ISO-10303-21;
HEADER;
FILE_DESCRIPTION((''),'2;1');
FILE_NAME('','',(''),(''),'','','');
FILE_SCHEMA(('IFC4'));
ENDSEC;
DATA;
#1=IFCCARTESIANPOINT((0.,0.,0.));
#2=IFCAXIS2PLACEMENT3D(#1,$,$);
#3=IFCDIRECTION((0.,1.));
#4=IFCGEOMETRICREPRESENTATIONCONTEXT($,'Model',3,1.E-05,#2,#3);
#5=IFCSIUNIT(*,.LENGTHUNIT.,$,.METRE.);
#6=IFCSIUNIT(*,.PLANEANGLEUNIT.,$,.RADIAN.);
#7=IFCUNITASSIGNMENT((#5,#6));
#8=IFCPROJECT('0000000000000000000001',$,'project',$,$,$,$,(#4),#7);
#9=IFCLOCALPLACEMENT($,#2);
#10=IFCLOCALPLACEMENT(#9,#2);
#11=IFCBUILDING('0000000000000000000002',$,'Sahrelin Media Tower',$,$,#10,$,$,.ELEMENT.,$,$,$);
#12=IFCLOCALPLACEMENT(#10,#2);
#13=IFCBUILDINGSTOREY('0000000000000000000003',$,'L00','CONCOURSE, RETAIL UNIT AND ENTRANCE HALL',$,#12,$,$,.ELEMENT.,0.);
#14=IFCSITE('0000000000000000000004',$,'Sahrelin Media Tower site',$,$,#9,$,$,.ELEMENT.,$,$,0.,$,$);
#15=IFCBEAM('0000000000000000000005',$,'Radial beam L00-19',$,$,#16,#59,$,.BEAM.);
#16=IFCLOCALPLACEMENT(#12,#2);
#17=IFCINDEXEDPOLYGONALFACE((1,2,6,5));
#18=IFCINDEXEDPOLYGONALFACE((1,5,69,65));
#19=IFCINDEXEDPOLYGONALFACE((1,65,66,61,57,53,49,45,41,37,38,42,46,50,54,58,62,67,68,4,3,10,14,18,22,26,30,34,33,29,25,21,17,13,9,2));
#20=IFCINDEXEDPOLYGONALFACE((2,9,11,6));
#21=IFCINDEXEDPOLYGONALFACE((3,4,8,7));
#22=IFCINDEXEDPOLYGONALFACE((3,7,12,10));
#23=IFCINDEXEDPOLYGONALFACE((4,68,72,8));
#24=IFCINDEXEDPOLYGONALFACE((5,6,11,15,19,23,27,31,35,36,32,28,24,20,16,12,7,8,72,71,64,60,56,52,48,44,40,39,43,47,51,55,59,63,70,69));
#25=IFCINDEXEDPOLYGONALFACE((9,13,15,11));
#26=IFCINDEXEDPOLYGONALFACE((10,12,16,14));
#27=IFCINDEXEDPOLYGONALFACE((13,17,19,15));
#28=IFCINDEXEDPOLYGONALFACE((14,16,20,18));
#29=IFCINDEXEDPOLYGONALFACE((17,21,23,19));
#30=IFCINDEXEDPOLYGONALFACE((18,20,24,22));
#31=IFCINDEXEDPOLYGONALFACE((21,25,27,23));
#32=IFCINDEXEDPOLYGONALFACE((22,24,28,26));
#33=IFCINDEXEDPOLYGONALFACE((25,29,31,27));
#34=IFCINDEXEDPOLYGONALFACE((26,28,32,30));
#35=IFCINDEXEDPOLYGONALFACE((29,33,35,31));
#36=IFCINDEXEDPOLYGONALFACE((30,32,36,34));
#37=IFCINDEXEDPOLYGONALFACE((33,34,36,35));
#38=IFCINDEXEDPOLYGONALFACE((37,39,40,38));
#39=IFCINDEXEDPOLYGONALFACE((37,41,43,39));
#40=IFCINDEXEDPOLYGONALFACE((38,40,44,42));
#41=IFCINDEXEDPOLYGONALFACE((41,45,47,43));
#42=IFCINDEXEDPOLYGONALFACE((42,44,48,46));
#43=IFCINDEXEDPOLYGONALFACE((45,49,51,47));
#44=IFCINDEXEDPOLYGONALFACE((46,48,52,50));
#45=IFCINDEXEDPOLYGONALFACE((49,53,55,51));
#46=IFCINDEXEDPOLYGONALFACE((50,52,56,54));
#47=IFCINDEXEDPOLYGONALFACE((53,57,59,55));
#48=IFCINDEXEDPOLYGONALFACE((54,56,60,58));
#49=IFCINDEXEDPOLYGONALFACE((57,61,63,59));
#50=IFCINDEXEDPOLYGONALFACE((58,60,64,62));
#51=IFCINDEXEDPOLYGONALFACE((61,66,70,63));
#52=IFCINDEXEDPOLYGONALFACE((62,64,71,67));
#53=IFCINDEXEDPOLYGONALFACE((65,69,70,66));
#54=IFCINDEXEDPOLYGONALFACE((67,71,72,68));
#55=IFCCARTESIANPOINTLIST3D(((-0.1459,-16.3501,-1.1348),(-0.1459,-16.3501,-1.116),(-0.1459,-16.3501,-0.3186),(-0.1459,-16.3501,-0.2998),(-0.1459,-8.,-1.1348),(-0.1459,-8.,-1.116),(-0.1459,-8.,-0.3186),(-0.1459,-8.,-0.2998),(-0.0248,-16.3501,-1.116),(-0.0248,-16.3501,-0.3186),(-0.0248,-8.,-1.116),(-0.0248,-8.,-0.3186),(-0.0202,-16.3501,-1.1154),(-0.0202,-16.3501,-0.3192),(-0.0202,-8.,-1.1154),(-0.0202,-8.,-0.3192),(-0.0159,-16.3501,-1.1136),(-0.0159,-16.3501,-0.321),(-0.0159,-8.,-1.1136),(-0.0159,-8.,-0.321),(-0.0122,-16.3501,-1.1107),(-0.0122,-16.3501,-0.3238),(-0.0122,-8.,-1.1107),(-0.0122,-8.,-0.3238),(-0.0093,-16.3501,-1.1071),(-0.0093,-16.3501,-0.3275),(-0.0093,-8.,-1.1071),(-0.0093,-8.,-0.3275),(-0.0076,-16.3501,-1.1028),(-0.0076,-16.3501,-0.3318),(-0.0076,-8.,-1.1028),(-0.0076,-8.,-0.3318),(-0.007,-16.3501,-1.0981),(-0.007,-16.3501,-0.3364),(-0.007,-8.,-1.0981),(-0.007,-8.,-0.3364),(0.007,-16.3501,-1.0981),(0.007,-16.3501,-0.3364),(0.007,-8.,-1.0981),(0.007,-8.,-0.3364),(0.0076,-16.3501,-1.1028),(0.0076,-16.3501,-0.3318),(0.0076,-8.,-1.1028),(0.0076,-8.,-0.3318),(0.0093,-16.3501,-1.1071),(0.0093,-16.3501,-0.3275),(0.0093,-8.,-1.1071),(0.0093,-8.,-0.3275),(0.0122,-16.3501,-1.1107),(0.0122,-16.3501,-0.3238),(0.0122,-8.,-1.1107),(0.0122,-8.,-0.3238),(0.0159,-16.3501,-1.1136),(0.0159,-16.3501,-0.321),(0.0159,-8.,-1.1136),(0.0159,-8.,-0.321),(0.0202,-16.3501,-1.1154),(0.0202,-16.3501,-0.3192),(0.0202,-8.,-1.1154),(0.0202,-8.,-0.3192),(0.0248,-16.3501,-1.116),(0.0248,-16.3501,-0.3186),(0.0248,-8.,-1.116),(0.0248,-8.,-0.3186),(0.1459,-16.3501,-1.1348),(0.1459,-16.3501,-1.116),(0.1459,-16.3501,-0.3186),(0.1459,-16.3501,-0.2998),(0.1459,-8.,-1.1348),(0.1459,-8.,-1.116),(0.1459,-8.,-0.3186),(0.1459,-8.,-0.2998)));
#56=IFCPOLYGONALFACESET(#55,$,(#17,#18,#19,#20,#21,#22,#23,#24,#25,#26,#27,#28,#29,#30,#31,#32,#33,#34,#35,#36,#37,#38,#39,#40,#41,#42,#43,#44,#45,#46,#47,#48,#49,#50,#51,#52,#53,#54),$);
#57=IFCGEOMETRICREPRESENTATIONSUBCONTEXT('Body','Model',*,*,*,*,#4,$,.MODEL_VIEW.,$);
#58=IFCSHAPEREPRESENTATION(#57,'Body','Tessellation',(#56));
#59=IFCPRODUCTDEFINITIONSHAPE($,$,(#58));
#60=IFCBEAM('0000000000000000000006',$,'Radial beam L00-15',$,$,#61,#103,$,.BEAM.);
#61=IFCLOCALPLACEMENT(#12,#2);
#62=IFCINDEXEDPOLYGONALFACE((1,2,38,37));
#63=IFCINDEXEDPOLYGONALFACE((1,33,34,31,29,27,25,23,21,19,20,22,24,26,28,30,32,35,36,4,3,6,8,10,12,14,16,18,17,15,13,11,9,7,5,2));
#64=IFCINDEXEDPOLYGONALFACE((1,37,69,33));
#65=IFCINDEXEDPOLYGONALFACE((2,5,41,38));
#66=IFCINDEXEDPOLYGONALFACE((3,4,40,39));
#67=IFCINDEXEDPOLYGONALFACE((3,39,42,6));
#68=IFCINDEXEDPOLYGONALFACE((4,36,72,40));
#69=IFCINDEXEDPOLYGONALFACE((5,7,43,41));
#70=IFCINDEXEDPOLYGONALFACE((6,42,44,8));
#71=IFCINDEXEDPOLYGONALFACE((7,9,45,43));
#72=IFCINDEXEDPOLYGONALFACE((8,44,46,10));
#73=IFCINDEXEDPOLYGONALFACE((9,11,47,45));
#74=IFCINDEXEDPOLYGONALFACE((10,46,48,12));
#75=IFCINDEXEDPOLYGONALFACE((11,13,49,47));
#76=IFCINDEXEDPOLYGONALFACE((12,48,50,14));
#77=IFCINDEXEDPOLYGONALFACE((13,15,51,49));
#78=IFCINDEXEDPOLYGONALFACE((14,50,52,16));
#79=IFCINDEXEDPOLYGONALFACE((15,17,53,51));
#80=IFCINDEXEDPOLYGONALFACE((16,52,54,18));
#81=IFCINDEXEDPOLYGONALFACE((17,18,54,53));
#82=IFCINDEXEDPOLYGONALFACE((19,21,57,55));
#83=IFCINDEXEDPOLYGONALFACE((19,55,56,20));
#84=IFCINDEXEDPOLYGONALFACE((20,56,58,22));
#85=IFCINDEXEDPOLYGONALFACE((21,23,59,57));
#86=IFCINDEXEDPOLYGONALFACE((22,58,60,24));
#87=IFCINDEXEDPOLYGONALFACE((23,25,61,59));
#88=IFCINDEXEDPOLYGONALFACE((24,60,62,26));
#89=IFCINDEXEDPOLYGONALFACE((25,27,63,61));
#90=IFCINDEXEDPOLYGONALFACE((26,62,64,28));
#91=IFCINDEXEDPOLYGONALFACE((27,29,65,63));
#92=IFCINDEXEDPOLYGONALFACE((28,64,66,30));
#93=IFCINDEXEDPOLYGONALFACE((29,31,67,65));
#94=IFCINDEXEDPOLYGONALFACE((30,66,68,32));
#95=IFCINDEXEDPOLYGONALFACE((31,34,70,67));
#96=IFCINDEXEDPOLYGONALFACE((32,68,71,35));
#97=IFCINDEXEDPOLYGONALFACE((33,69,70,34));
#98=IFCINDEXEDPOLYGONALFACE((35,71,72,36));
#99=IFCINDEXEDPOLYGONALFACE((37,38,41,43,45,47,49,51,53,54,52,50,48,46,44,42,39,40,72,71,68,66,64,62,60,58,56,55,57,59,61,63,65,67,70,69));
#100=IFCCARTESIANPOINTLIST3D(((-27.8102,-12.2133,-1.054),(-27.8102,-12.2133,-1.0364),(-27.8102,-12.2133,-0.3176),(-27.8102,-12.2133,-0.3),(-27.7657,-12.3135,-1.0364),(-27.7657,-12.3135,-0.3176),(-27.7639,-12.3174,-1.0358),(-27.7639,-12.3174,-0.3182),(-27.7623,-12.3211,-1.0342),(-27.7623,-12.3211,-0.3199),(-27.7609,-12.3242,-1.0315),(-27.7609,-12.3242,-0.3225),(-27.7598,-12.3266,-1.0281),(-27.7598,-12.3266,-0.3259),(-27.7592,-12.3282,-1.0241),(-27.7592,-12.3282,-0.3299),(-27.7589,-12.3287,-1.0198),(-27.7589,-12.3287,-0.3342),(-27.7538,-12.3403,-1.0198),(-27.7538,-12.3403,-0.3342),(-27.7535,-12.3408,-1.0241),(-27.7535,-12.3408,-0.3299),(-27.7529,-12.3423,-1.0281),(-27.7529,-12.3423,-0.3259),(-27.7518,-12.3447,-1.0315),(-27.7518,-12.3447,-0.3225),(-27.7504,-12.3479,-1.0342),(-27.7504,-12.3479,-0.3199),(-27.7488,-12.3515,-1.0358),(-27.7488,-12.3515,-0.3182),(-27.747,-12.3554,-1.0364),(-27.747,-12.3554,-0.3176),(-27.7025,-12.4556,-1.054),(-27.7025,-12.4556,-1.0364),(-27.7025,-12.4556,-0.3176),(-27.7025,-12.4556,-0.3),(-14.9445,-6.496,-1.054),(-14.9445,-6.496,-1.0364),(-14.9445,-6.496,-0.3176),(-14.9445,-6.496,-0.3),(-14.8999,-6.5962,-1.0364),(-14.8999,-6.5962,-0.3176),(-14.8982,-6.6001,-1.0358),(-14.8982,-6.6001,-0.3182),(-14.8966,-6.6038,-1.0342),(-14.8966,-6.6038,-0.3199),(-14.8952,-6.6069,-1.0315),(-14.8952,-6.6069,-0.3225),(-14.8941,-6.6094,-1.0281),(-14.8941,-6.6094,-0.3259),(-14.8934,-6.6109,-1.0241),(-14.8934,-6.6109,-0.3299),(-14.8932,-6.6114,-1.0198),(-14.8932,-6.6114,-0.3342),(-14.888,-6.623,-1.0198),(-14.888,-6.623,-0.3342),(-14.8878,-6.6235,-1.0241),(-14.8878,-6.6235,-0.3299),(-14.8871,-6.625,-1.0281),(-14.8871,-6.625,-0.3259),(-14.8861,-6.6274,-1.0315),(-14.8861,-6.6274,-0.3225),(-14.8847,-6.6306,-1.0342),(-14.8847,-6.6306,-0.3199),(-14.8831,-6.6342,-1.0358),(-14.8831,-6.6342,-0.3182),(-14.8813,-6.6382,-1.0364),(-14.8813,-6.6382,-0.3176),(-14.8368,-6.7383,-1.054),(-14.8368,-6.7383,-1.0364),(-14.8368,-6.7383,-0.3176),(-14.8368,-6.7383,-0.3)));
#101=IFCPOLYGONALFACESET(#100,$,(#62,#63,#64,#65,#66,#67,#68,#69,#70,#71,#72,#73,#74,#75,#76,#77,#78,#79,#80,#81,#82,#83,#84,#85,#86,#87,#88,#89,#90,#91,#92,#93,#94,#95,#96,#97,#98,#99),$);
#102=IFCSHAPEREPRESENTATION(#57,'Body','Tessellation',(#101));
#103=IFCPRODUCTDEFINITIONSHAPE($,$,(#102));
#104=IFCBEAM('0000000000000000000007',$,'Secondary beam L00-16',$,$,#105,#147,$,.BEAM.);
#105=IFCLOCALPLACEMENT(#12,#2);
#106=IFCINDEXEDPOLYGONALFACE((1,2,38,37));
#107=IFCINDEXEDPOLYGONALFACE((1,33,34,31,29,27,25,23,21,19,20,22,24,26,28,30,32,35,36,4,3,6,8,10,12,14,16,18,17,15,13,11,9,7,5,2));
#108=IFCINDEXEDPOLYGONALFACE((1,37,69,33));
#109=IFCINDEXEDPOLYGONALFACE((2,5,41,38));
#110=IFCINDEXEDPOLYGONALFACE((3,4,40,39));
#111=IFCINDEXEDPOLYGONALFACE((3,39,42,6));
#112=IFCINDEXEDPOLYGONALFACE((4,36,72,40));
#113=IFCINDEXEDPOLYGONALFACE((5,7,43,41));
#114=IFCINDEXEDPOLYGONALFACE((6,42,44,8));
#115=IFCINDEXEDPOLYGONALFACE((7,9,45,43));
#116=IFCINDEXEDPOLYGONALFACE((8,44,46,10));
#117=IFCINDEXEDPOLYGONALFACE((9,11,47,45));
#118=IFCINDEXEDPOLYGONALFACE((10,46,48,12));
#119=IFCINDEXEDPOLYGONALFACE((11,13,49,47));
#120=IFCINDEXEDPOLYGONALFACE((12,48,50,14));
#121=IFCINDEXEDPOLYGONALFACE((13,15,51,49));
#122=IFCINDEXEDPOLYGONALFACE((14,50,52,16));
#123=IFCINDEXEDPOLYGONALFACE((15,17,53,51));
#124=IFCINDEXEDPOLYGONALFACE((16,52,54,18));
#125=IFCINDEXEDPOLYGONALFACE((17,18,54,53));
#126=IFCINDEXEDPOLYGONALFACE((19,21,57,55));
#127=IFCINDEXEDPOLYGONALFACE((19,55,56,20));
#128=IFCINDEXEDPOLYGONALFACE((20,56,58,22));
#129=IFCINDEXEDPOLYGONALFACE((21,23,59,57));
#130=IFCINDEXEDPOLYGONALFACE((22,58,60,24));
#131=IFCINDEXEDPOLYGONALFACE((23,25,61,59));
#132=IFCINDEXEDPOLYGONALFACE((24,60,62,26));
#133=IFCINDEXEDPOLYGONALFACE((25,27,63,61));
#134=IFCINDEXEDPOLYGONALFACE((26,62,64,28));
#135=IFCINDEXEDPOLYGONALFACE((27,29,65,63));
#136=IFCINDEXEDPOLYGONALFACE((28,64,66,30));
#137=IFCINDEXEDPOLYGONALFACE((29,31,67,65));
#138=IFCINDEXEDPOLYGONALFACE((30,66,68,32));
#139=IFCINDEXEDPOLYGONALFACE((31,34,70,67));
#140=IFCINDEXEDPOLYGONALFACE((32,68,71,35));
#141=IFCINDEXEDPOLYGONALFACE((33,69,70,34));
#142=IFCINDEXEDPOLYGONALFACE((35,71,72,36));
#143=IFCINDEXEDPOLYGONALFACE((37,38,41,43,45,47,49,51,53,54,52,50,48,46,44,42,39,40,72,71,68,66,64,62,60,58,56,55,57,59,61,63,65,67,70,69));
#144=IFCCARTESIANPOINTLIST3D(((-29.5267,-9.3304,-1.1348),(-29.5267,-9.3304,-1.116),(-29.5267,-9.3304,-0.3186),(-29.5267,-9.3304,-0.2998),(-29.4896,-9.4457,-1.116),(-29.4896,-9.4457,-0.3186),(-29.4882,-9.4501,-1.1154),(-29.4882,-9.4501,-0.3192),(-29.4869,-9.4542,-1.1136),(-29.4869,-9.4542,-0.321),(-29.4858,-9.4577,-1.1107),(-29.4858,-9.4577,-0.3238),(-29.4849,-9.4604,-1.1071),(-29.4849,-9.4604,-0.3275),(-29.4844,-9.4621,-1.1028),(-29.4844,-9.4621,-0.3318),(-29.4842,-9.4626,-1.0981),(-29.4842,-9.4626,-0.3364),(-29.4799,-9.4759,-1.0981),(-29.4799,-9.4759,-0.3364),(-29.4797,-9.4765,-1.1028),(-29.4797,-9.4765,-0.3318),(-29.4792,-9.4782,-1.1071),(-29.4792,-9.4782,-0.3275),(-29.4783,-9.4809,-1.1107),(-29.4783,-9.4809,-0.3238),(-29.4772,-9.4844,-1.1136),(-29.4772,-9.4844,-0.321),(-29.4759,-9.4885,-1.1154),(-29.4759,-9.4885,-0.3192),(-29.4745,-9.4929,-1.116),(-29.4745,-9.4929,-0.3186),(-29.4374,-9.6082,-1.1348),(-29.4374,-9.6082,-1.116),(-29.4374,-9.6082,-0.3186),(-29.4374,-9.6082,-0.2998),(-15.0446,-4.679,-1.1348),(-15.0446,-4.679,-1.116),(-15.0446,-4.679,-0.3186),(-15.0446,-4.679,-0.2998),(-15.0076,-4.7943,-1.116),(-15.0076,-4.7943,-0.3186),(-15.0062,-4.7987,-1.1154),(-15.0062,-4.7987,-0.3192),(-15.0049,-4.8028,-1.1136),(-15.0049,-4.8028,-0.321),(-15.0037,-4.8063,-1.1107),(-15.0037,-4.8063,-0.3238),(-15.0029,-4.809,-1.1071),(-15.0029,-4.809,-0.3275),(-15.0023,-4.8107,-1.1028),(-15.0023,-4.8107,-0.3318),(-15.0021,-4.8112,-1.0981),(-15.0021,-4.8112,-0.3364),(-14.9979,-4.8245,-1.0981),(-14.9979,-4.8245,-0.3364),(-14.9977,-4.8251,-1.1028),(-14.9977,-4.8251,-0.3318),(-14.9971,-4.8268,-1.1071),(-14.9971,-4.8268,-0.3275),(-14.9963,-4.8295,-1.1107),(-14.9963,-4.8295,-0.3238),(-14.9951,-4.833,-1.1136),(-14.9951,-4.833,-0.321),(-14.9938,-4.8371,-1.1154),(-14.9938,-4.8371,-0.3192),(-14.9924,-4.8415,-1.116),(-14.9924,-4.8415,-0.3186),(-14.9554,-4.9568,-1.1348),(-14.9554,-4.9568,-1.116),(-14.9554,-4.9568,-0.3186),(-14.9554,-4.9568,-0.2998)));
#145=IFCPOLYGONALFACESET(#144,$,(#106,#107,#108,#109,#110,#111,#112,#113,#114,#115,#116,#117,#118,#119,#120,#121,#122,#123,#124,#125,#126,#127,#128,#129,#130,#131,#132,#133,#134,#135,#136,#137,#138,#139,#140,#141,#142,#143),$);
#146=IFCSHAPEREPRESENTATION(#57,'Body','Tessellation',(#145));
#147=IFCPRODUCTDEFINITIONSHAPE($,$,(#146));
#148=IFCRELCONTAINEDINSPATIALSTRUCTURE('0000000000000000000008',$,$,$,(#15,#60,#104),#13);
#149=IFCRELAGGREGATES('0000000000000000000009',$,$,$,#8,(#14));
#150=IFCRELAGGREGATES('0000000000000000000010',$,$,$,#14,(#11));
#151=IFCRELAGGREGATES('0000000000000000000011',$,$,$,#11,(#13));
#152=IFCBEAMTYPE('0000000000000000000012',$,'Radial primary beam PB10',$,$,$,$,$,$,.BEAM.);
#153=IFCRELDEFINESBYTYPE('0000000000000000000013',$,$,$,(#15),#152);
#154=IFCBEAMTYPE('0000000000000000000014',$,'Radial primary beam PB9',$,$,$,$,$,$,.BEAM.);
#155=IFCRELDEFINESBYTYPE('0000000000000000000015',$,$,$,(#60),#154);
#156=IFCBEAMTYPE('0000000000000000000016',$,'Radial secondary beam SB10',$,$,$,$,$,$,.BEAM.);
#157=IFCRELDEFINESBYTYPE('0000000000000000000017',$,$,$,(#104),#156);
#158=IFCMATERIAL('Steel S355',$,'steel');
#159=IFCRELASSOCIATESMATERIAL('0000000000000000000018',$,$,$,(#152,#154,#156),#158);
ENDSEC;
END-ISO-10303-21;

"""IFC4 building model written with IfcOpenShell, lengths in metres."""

from ifc_helpers import new_model, si_unit, direction, frame, origin, origin_2d, place, context, subcontext, project, spatial, i_section, extrude, material, material_profile, profile_set, type_object, element, save


model = new_model("IFC4")

# Units and contexts
model_context = context("Model", 3, precision=1e-05, world=origin(), true_north=direction((0.0, 1.0)))
body_context = subcontext(model_context, "Body", "Model", "MODEL_VIEW")
ifc_project = project(units=[si_unit("LENGTHUNIT", "METRE"), si_unit("PLANEANGLEUNIT", "RADIAN")], contexts=[model_context])

# Site, building, storey
site_placement = place(None, origin())
site = spatial("IfcSite", under=ifc_project, at=site_placement, Name="Sahrelin Media Tower site", CompositionType="ELEMENT", RefElevation=0.0)
building_placement = place(site_placement, origin())
building = spatial("IfcBuilding", under=site, at=building_placement, Name="Sahrelin Media Tower", CompositionType="ELEMENT")
storey_placement = place(building_placement, origin())
storey = spatial("IfcBuildingStorey", under=building, at=storey_placement, Name="L00", Description="CONCOURSE, RETAIL UNIT AND ENTRANCE HALL", CompositionType="ELEMENT", Elevation=0.0)

# Beams
ifc_material_1 = material(Name="Steel S355", Category="steel")
ifc_material_profile_1 = material_profile(ifc_material_1, i_section(OverallWidth=0.2917, OverallDepth=0.835, WebThickness=0.0139, FlangeThickness=0.0188, FilletRadius=0.0178, at=origin_2d()), Name="UB 838x292x176")
ifc_profile_set_1 = profile_set([ifc_material_profile_1], Name="Steel S355")
beam_type_1 = type_object("IfcBeamType", Name="Radial primary beam PB10", PredefinedType="BEAM", material=ifc_profile_set_1)
beam_1_placement = place(storey_placement, frame((0.0, -8.0, -0.7173), z_axis=(0.0, -1.0, 0.0), x_axis=(1.0, 0.0, 0.0)))
element("IfcBeam", 1, at=beam_1_placement, inside=storey, type_object=beam_type_1, Name="Radial beam L00-19", PredefinedType="BEAM", context=body_context, shape_type="SweptSolid", body=[
    extrude(i_section(OverallWidth=0.2917, OverallDepth=0.835, WebThickness=0.0139, FlangeThickness=0.0188, FilletRadius=0.0178, at=origin_2d()), origin(), (0.0, 0.0, 1.0), 8.3501),
])
ifc_material_profile_2 = material_profile(ifc_material_1, i_section(OverallWidth=0.2651, OverallDepth=0.7539, WebThickness=0.0127, FlangeThickness=0.0176, FilletRadius=0.0166, at=origin_2d()), Name="UB 762x267x147")
ifc_profile_set_2 = profile_set([ifc_material_profile_2], Name="Steel S355")
beam_type_2 = type_object("IfcBeamType", Name="Radial primary beam PB9", PredefinedType="BEAM", material=ifc_profile_set_2)
beam_2_placement = place(storey_placement, frame((-14.8906, -6.6172, -0.677), z_axis=(-0.913833, -0.40609, 0.0), x_axis=(0.40609, -0.913833, 0.0)))
element("IfcBeam", 2, at=beam_2_placement, inside=storey, type_object=beam_type_2, Name="Radial beam L00-15", PredefinedType="BEAM", context=body_context, shape_type="SweptSolid", body=[
    extrude(i_section(OverallWidth=0.2651, OverallDepth=0.7539, WebThickness=0.0127, FlangeThickness=0.0176, FilletRadius=0.0166, at=origin_2d()), origin(), (0.0, 0.0, 1.0), 14.0789),
])
ifc_material_profile_3 = material_profile(ifc_material_1, i_section(OverallWidth=0.2917, OverallDepth=0.835, WebThickness=0.0139, FlangeThickness=0.0188, FilletRadius=0.0178, at=origin_2d()), Name="UB 838x292x176")
ifc_profile_set_3 = profile_set([ifc_material_profile_3], Name="Steel S355")
beam_type_3 = type_object("IfcBeamType", Name="Radial secondary beam SB10", PredefinedType="BEAM", material=ifc_profile_set_3)
beam_3_placement = place(storey_placement, frame((-15.0, -4.8179, -0.7173), z_axis=(-0.952096, -0.305798, 0.0), x_axis=(0.305798, -0.952096, 0.0)))
element("IfcBeam", 3, at=beam_3_placement, inside=storey, type_object=beam_type_3, Name="Secondary beam L00-16", PredefinedType="BEAM", context=body_context, shape_type="SweptSolid", body=[
    extrude(i_section(OverallWidth=0.2917, OverallDepth=0.835, WebThickness=0.0139, FlangeThickness=0.0188, FilletRadius=0.0178, at=origin_2d()), origin(), (0.0, 0.0, 1.0), 15.2107),
])

save(model, "model.ifc")
